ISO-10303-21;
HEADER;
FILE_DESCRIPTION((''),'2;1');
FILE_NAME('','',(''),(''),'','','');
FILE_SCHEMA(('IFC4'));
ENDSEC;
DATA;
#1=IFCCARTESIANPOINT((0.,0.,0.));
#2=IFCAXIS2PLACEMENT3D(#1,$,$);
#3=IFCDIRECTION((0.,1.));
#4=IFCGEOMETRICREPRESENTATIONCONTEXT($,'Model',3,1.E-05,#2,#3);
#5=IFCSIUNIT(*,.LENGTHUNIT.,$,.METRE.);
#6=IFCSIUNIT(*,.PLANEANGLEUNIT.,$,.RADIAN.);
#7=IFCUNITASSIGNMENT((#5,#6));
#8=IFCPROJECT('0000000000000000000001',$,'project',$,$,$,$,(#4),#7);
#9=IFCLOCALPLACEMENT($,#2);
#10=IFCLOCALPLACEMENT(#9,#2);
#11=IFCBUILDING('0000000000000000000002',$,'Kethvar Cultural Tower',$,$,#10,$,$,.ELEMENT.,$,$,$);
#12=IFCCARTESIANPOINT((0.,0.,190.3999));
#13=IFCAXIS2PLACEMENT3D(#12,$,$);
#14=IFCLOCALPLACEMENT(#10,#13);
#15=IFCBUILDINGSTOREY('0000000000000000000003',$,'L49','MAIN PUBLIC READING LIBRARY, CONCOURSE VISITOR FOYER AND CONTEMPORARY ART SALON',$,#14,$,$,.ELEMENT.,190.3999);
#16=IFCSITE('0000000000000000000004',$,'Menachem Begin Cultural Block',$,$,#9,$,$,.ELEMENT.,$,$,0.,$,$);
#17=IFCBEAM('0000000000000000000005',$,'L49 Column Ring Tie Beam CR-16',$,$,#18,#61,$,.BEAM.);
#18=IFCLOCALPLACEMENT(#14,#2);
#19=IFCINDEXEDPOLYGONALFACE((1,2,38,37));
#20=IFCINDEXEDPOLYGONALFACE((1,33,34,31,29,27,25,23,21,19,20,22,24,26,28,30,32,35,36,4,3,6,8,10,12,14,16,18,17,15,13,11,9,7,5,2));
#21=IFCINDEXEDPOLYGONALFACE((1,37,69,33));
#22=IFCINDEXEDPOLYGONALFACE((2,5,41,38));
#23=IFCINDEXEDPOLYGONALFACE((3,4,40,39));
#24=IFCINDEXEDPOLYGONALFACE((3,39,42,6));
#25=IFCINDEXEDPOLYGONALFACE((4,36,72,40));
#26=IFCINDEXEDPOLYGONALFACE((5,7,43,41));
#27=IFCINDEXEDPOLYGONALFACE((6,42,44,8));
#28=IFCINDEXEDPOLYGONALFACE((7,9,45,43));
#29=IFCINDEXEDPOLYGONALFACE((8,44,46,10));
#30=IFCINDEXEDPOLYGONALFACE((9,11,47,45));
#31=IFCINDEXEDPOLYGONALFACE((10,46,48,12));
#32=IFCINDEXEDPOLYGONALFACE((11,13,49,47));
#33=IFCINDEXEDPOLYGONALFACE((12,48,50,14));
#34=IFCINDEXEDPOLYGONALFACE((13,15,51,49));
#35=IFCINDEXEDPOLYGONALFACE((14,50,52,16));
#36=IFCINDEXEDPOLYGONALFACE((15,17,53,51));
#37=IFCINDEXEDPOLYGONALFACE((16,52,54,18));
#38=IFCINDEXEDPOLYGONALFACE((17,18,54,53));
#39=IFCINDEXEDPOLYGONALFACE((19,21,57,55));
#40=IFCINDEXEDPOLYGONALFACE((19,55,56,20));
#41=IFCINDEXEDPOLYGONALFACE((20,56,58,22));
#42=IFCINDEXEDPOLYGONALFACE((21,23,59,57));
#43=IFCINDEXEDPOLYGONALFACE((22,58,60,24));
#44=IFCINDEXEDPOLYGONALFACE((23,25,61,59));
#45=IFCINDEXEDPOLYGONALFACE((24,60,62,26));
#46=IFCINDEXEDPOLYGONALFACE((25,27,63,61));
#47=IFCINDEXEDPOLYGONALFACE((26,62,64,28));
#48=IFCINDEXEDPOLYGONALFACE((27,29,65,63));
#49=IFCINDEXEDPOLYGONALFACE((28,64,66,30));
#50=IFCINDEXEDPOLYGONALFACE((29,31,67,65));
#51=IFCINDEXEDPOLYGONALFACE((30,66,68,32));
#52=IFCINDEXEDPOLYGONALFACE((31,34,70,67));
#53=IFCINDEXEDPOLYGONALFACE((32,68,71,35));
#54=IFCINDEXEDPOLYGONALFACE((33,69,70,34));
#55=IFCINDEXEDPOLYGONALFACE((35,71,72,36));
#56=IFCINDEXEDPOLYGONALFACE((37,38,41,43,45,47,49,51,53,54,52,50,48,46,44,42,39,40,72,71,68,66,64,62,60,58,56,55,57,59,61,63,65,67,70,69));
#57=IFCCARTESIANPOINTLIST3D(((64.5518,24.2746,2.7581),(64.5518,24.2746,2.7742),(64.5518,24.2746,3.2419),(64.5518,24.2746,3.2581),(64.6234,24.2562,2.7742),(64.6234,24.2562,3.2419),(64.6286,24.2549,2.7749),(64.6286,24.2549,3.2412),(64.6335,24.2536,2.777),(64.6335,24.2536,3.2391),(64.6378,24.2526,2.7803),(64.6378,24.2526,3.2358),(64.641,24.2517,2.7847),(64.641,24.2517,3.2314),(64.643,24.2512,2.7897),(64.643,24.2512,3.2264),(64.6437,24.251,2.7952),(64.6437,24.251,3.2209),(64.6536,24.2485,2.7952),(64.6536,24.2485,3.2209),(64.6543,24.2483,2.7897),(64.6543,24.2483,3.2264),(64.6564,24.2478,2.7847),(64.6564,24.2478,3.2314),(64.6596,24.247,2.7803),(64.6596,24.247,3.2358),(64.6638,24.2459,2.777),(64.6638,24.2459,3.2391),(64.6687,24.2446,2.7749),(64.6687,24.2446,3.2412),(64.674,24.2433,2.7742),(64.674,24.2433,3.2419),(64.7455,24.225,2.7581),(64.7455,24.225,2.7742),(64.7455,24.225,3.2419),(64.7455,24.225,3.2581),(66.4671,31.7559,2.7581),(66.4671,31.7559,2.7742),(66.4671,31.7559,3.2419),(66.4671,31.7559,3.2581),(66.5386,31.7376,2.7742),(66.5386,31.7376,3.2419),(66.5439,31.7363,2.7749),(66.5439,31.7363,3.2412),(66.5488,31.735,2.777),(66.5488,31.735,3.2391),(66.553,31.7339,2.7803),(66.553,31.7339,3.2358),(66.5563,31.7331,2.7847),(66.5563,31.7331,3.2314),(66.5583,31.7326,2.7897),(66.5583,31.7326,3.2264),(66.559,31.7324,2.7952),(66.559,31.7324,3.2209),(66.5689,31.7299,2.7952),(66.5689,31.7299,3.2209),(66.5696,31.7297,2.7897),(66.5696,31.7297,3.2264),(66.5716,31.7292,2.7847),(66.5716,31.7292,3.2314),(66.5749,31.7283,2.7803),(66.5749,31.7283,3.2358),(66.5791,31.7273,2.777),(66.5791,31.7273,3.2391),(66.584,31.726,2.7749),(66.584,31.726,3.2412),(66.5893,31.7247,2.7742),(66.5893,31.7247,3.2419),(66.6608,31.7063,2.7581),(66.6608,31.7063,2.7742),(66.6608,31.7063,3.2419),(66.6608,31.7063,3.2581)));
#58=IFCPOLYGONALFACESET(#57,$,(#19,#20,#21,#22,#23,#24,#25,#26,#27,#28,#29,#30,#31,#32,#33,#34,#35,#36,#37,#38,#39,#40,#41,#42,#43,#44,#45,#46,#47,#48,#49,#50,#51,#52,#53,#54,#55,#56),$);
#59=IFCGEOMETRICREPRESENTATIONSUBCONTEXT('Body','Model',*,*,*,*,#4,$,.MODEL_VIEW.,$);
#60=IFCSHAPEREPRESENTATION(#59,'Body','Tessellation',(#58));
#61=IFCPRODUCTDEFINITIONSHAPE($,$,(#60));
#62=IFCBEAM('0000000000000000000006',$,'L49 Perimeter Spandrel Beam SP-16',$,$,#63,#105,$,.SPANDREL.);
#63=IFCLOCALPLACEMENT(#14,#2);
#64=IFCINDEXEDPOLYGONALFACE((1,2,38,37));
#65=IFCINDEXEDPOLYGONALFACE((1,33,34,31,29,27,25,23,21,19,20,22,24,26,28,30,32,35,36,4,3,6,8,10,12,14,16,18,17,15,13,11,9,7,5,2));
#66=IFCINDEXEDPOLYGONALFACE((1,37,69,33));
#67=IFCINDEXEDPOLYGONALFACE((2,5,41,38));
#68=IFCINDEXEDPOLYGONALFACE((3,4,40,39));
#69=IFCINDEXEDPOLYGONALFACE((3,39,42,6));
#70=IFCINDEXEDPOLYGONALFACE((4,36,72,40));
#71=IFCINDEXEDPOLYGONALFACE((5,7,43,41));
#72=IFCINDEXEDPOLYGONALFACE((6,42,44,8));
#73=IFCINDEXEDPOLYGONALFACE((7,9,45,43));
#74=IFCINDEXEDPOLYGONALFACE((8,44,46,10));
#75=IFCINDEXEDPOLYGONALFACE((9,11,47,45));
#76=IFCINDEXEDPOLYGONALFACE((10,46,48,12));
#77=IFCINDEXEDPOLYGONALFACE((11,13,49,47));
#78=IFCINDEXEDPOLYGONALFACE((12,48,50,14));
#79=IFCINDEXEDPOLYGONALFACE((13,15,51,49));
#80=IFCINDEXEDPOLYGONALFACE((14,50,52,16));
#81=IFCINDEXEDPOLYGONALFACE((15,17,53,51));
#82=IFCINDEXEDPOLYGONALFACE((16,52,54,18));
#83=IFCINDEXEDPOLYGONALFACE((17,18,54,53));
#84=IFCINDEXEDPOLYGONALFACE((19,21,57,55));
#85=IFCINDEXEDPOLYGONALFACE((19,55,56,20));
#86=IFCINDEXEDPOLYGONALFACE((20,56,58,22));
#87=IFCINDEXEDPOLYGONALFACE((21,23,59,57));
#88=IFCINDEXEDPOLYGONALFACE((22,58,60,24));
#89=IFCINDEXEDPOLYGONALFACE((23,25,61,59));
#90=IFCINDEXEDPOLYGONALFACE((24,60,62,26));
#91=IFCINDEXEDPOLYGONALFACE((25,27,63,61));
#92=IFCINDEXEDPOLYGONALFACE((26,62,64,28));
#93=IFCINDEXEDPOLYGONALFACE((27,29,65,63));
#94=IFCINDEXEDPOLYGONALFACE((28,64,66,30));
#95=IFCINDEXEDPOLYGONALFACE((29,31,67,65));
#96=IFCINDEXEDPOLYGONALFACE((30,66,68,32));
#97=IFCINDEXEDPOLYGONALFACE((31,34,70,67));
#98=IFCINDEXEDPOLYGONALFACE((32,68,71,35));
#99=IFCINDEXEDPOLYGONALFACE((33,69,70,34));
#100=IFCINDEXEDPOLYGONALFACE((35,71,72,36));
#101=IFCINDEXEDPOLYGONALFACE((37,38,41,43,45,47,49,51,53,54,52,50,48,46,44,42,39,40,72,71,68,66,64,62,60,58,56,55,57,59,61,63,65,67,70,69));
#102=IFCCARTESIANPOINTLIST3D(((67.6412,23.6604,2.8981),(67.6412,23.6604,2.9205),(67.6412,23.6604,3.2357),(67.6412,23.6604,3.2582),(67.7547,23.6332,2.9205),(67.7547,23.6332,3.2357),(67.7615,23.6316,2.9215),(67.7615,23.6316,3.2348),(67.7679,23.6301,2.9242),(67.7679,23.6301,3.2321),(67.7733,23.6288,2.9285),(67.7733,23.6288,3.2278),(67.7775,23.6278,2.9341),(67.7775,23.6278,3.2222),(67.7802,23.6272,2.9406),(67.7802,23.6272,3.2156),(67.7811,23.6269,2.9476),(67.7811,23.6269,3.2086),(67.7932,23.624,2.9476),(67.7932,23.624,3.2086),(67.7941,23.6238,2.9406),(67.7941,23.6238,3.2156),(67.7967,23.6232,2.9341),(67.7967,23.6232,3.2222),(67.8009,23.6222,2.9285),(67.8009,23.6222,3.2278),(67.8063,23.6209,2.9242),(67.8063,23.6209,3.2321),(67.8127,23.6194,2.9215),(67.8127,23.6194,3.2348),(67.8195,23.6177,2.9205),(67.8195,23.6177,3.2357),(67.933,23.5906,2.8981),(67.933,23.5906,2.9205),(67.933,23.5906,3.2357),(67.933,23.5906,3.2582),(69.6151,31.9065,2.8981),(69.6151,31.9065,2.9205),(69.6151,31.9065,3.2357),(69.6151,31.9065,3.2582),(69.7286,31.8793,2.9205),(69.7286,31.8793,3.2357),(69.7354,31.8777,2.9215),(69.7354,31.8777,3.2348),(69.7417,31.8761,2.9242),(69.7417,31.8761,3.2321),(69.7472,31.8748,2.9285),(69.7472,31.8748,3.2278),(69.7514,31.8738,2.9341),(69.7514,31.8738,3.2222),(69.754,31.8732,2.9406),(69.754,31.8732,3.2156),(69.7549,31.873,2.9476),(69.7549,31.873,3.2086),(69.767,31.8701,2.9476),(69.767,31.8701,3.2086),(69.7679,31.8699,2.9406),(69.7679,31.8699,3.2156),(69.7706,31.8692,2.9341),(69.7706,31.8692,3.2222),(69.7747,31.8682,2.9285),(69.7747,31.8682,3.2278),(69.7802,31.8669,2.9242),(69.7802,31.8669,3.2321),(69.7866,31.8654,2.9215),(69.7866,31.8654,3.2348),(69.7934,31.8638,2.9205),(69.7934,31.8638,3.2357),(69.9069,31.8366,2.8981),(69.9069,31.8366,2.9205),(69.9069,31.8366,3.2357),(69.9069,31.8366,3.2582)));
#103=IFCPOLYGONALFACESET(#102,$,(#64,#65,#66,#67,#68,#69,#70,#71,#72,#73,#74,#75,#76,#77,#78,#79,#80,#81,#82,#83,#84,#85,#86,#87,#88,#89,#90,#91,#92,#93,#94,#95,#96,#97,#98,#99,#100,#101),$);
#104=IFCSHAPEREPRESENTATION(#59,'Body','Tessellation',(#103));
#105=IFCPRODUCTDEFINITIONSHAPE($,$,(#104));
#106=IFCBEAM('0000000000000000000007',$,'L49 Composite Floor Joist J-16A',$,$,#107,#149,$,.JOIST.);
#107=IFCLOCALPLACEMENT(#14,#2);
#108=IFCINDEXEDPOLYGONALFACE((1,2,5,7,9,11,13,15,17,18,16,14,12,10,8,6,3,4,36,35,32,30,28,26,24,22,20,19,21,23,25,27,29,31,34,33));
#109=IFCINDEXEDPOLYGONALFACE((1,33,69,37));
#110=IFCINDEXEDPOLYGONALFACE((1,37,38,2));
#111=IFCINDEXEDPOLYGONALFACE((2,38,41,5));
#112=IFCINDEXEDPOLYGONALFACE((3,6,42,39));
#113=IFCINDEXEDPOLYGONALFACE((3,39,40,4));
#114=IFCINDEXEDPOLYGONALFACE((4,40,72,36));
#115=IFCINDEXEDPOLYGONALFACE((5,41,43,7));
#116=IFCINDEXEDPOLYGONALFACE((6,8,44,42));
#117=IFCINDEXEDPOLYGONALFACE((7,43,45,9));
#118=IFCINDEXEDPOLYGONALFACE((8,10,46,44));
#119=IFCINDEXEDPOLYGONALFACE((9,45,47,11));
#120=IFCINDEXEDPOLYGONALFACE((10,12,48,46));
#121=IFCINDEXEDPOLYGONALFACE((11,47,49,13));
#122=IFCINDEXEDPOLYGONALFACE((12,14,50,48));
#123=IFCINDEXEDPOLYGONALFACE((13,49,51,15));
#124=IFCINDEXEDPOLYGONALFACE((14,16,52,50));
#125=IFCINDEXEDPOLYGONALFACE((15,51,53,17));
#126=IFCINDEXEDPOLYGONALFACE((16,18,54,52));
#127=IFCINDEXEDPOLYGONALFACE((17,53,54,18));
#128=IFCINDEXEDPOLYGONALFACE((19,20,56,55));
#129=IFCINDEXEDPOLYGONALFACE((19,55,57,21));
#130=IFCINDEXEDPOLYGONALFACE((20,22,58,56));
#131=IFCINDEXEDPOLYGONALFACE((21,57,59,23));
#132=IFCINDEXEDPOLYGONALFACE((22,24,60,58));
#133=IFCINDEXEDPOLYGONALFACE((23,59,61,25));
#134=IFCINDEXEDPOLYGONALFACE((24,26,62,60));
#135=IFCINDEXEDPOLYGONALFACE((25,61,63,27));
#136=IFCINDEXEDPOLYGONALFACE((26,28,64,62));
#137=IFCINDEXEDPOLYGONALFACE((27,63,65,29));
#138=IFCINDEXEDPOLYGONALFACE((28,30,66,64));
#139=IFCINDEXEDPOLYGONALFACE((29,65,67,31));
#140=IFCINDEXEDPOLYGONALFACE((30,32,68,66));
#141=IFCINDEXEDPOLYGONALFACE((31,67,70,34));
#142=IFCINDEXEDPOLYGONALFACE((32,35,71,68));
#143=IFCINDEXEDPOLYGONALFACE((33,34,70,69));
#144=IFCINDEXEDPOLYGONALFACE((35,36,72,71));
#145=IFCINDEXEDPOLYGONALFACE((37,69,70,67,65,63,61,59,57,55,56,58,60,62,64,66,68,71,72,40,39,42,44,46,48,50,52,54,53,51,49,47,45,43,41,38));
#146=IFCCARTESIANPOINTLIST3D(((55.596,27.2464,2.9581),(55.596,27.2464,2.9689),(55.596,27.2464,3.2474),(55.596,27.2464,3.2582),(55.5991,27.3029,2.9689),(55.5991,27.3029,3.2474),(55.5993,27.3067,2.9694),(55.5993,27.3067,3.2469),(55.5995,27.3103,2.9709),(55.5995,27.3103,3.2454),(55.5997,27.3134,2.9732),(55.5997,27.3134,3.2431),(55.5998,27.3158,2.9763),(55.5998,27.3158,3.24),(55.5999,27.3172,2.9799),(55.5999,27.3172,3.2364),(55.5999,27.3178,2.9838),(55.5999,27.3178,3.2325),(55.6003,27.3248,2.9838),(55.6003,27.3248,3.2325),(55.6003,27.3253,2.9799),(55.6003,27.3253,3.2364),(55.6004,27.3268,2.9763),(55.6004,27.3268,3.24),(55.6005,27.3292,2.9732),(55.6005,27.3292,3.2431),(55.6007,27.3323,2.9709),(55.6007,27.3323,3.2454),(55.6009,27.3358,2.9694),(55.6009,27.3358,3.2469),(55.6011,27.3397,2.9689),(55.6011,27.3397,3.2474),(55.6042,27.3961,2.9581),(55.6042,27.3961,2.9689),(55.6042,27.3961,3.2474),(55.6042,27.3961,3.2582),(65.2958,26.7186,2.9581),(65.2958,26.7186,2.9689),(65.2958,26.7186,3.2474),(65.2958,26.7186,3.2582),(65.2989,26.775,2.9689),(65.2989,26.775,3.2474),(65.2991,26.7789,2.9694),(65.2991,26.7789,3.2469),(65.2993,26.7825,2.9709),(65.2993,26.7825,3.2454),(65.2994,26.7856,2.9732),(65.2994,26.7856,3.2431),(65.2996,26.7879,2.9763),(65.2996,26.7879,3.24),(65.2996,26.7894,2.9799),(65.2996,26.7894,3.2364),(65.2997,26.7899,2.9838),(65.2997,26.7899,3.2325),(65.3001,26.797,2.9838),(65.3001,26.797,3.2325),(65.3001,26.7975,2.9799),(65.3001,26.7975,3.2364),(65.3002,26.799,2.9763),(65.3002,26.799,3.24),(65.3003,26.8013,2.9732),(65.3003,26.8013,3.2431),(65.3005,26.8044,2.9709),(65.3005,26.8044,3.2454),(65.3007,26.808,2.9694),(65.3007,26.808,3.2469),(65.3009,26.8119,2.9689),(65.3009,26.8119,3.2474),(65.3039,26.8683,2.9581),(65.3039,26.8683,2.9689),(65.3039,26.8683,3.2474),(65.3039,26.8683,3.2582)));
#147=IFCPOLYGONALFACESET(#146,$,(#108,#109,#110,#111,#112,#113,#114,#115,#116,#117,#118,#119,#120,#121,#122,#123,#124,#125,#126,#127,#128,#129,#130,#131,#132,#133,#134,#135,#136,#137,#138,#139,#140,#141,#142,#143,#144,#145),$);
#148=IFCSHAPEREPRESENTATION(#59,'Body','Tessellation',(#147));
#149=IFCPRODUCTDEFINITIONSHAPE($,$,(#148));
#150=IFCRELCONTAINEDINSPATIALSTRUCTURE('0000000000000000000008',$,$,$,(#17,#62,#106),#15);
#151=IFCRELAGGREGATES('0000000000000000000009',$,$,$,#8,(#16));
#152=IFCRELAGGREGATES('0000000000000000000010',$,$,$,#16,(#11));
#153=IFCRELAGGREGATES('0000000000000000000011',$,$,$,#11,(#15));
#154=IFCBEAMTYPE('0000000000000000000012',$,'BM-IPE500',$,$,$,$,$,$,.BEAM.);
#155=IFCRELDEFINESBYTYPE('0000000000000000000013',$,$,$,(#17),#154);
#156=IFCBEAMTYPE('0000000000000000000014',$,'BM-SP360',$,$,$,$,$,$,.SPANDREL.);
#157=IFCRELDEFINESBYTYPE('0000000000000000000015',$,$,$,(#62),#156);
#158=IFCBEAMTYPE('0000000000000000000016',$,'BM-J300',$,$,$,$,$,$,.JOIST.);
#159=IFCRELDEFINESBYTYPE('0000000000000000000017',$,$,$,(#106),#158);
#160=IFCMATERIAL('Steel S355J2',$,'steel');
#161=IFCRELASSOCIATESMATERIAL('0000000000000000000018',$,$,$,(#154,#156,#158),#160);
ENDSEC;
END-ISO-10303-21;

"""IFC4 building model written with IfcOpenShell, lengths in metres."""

from ifc_helpers import new_model, si_unit, direction, frame, origin, origin_2d, place, context, subcontext, project, spatial, i_section, extrude, source, transform, mapped, material, material_profile, profile_set, type_object, element, save


model = new_model("IFC4")

# Units and contexts
model_context = context("Model", 3, precision=1e-05, world=origin(), true_north=direction((0.0, 1.0)))
body_context = subcontext(model_context, "Body", "Model", "MODEL_VIEW")
ifc_project = project(units=[si_unit("LENGTHUNIT", "METRE"), si_unit("PLANEANGLEUNIT", "RADIAN")], contexts=[model_context])

# Site, building, storey
site_placement = place(None, origin())
site = spatial("IfcSite", under=ifc_project, at=site_placement, Name="Menachem Begin Cultural Block", CompositionType="ELEMENT", RefElevation=0.0)
building_placement = place(site_placement, origin())
building = spatial("IfcBuilding", under=site, at=building_placement, Name="Kethvar Cultural Tower", CompositionType="ELEMENT")
storey_placement = place(building_placement, frame((0.0, 0.0, 190.3999)))
storey = spatial("IfcBuildingStorey", under=building, at=storey_placement, Name="L49", Description="MAIN PUBLIC READING LIBRARY, CONCOURSE VISITOR FOYER AND CONTEMPORARY ART SALON", CompositionType="ELEMENT", Elevation=190.3999)

# Beams
ifc_material_1 = material(Name="Steel S355J2", Category="steel")
ifc_material_profile_1 = material_profile(ifc_material_1, i_section(OverallWidth=0.2, OverallDepth=0.5, WebThickness=0.0103, FlangeThickness=0.0161, FilletRadius=0.021, at=origin_2d()), Name="Steel S355J2 — IPE500")
ifc_profile_set_1 = profile_set([ifc_material_profile_1], Name="Steel S355J2 — IPE500")
beam_type_1 = type_object("IfcBeamType", Name="BM-IPE500", PredefinedType="BEAM", material=ifc_profile_set_1)
shared_shape_1 = source(origin(), body_context, "Body", "SweptSolid", [
    extrude(i_section(OverallWidth=0.2, OverallDepth=0.5, WebThickness=0.0103, FlangeThickness=0.0161, FilletRadius=0.021, at=origin_2d()), origin(), (0.0, 0.0, 1.0), 7.7227),
])
beam_1_placement = place(storey_placement, frame((64.6487, 24.2498, 3.0081), z_axis=(0.248006, 0.968758, 0.0), x_axis=(-0.968758, 0.248006, 0.0)))
element("IfcBeam", 1, at=beam_1_placement, inside=storey, type_object=beam_type_1, Name="L49 Column Ring Tie Beam CR-16", PredefinedType="BEAM", context=body_context, shape_type="MappedRepresentation", body=[
    mapped(shared_shape_1, transform((0.0, 0.0, 0.0), scale=1.0)),
])
ifc_material_profile_2 = material_profile(ifc_material_1, i_section(OverallWidth=0.3, OverallDepth=0.3601, WebThickness=0.0125, FlangeThickness=0.0225, FilletRadius=0.0271, at=origin_2d()), Name="Steel S355J2 — HEB360")
ifc_profile_set_2 = profile_set([ifc_material_profile_2], Name="Steel S355J2 — HEB360")
beam_type_2 = type_object("IfcBeamType", Name="BM-SP360", PredefinedType="SPANDREL", material=ifc_profile_set_2)
shared_shape_2 = source(origin(), body_context, "Body", "SweptSolid", [
    extrude(i_section(OverallWidth=0.3, OverallDepth=0.3601, WebThickness=0.0125, FlangeThickness=0.0225, FilletRadius=0.0271, at=origin_2d()), origin(), (0.0, 0.0, 1.0), 8.479),
])
beam_2_placement = place(storey_placement, frame((67.7871, 23.6255, 3.0781), z_axis=(0.232795, 0.972526, 0.0), x_axis=(-0.972526, 0.232795, 0.0)))
element("IfcBeam", 2, at=beam_2_placement, inside=storey, type_object=beam_type_2, Name="L49 Perimeter Spandrel Beam SP-16", PredefinedType="SPANDREL", context=body_context, shape_type="MappedRepresentation", body=[
    mapped(shared_shape_2, transform((0.0, 0.0, 0.0), scale=1.0)),
])
ifc_material_profile_3 = material_profile(ifc_material_1, i_section(OverallWidth=0.1499, OverallDepth=0.3, WebThickness=0.0071, FlangeThickness=0.0107, FilletRadius=0.0149, at=origin_2d()), Name="Steel S355J2 — IPE300")
ifc_profile_set_3 = profile_set([ifc_material_profile_3], Name="Steel S355J2 — IPE300")
beam_type_3 = type_object("IfcBeamType", Name="BM-J300", PredefinedType="JOIST", material=ifc_profile_set_3)
shared_shape_3 = source(origin(), body_context, "Body", "SweptSolid", [
    extrude(i_section(OverallWidth=0.1499, OverallDepth=0.3, WebThickness=0.0071, FlangeThickness=0.0107, FilletRadius=0.0149, at=origin_2d()), origin(), (0.0, 0.0, 1.0), 9.7141),
])
beam_3_placement = place(storey_placement, frame((55.6001, 27.3213, 3.1082), z_axis=(0.998523, -0.054337, 0.0), x_axis=(0.054337, 0.998523, 0.0)))
element("IfcBeam", 3, at=beam_3_placement, inside=storey, type_object=beam_type_3, Name="L49 Composite Floor Joist J-16A", PredefinedType="JOIST", context=body_context, shape_type="MappedRepresentation", body=[
    mapped(shared_shape_3, transform((0.0, 0.0, 0.0), scale=1.0)),
])

save(model, "model.ifc")
